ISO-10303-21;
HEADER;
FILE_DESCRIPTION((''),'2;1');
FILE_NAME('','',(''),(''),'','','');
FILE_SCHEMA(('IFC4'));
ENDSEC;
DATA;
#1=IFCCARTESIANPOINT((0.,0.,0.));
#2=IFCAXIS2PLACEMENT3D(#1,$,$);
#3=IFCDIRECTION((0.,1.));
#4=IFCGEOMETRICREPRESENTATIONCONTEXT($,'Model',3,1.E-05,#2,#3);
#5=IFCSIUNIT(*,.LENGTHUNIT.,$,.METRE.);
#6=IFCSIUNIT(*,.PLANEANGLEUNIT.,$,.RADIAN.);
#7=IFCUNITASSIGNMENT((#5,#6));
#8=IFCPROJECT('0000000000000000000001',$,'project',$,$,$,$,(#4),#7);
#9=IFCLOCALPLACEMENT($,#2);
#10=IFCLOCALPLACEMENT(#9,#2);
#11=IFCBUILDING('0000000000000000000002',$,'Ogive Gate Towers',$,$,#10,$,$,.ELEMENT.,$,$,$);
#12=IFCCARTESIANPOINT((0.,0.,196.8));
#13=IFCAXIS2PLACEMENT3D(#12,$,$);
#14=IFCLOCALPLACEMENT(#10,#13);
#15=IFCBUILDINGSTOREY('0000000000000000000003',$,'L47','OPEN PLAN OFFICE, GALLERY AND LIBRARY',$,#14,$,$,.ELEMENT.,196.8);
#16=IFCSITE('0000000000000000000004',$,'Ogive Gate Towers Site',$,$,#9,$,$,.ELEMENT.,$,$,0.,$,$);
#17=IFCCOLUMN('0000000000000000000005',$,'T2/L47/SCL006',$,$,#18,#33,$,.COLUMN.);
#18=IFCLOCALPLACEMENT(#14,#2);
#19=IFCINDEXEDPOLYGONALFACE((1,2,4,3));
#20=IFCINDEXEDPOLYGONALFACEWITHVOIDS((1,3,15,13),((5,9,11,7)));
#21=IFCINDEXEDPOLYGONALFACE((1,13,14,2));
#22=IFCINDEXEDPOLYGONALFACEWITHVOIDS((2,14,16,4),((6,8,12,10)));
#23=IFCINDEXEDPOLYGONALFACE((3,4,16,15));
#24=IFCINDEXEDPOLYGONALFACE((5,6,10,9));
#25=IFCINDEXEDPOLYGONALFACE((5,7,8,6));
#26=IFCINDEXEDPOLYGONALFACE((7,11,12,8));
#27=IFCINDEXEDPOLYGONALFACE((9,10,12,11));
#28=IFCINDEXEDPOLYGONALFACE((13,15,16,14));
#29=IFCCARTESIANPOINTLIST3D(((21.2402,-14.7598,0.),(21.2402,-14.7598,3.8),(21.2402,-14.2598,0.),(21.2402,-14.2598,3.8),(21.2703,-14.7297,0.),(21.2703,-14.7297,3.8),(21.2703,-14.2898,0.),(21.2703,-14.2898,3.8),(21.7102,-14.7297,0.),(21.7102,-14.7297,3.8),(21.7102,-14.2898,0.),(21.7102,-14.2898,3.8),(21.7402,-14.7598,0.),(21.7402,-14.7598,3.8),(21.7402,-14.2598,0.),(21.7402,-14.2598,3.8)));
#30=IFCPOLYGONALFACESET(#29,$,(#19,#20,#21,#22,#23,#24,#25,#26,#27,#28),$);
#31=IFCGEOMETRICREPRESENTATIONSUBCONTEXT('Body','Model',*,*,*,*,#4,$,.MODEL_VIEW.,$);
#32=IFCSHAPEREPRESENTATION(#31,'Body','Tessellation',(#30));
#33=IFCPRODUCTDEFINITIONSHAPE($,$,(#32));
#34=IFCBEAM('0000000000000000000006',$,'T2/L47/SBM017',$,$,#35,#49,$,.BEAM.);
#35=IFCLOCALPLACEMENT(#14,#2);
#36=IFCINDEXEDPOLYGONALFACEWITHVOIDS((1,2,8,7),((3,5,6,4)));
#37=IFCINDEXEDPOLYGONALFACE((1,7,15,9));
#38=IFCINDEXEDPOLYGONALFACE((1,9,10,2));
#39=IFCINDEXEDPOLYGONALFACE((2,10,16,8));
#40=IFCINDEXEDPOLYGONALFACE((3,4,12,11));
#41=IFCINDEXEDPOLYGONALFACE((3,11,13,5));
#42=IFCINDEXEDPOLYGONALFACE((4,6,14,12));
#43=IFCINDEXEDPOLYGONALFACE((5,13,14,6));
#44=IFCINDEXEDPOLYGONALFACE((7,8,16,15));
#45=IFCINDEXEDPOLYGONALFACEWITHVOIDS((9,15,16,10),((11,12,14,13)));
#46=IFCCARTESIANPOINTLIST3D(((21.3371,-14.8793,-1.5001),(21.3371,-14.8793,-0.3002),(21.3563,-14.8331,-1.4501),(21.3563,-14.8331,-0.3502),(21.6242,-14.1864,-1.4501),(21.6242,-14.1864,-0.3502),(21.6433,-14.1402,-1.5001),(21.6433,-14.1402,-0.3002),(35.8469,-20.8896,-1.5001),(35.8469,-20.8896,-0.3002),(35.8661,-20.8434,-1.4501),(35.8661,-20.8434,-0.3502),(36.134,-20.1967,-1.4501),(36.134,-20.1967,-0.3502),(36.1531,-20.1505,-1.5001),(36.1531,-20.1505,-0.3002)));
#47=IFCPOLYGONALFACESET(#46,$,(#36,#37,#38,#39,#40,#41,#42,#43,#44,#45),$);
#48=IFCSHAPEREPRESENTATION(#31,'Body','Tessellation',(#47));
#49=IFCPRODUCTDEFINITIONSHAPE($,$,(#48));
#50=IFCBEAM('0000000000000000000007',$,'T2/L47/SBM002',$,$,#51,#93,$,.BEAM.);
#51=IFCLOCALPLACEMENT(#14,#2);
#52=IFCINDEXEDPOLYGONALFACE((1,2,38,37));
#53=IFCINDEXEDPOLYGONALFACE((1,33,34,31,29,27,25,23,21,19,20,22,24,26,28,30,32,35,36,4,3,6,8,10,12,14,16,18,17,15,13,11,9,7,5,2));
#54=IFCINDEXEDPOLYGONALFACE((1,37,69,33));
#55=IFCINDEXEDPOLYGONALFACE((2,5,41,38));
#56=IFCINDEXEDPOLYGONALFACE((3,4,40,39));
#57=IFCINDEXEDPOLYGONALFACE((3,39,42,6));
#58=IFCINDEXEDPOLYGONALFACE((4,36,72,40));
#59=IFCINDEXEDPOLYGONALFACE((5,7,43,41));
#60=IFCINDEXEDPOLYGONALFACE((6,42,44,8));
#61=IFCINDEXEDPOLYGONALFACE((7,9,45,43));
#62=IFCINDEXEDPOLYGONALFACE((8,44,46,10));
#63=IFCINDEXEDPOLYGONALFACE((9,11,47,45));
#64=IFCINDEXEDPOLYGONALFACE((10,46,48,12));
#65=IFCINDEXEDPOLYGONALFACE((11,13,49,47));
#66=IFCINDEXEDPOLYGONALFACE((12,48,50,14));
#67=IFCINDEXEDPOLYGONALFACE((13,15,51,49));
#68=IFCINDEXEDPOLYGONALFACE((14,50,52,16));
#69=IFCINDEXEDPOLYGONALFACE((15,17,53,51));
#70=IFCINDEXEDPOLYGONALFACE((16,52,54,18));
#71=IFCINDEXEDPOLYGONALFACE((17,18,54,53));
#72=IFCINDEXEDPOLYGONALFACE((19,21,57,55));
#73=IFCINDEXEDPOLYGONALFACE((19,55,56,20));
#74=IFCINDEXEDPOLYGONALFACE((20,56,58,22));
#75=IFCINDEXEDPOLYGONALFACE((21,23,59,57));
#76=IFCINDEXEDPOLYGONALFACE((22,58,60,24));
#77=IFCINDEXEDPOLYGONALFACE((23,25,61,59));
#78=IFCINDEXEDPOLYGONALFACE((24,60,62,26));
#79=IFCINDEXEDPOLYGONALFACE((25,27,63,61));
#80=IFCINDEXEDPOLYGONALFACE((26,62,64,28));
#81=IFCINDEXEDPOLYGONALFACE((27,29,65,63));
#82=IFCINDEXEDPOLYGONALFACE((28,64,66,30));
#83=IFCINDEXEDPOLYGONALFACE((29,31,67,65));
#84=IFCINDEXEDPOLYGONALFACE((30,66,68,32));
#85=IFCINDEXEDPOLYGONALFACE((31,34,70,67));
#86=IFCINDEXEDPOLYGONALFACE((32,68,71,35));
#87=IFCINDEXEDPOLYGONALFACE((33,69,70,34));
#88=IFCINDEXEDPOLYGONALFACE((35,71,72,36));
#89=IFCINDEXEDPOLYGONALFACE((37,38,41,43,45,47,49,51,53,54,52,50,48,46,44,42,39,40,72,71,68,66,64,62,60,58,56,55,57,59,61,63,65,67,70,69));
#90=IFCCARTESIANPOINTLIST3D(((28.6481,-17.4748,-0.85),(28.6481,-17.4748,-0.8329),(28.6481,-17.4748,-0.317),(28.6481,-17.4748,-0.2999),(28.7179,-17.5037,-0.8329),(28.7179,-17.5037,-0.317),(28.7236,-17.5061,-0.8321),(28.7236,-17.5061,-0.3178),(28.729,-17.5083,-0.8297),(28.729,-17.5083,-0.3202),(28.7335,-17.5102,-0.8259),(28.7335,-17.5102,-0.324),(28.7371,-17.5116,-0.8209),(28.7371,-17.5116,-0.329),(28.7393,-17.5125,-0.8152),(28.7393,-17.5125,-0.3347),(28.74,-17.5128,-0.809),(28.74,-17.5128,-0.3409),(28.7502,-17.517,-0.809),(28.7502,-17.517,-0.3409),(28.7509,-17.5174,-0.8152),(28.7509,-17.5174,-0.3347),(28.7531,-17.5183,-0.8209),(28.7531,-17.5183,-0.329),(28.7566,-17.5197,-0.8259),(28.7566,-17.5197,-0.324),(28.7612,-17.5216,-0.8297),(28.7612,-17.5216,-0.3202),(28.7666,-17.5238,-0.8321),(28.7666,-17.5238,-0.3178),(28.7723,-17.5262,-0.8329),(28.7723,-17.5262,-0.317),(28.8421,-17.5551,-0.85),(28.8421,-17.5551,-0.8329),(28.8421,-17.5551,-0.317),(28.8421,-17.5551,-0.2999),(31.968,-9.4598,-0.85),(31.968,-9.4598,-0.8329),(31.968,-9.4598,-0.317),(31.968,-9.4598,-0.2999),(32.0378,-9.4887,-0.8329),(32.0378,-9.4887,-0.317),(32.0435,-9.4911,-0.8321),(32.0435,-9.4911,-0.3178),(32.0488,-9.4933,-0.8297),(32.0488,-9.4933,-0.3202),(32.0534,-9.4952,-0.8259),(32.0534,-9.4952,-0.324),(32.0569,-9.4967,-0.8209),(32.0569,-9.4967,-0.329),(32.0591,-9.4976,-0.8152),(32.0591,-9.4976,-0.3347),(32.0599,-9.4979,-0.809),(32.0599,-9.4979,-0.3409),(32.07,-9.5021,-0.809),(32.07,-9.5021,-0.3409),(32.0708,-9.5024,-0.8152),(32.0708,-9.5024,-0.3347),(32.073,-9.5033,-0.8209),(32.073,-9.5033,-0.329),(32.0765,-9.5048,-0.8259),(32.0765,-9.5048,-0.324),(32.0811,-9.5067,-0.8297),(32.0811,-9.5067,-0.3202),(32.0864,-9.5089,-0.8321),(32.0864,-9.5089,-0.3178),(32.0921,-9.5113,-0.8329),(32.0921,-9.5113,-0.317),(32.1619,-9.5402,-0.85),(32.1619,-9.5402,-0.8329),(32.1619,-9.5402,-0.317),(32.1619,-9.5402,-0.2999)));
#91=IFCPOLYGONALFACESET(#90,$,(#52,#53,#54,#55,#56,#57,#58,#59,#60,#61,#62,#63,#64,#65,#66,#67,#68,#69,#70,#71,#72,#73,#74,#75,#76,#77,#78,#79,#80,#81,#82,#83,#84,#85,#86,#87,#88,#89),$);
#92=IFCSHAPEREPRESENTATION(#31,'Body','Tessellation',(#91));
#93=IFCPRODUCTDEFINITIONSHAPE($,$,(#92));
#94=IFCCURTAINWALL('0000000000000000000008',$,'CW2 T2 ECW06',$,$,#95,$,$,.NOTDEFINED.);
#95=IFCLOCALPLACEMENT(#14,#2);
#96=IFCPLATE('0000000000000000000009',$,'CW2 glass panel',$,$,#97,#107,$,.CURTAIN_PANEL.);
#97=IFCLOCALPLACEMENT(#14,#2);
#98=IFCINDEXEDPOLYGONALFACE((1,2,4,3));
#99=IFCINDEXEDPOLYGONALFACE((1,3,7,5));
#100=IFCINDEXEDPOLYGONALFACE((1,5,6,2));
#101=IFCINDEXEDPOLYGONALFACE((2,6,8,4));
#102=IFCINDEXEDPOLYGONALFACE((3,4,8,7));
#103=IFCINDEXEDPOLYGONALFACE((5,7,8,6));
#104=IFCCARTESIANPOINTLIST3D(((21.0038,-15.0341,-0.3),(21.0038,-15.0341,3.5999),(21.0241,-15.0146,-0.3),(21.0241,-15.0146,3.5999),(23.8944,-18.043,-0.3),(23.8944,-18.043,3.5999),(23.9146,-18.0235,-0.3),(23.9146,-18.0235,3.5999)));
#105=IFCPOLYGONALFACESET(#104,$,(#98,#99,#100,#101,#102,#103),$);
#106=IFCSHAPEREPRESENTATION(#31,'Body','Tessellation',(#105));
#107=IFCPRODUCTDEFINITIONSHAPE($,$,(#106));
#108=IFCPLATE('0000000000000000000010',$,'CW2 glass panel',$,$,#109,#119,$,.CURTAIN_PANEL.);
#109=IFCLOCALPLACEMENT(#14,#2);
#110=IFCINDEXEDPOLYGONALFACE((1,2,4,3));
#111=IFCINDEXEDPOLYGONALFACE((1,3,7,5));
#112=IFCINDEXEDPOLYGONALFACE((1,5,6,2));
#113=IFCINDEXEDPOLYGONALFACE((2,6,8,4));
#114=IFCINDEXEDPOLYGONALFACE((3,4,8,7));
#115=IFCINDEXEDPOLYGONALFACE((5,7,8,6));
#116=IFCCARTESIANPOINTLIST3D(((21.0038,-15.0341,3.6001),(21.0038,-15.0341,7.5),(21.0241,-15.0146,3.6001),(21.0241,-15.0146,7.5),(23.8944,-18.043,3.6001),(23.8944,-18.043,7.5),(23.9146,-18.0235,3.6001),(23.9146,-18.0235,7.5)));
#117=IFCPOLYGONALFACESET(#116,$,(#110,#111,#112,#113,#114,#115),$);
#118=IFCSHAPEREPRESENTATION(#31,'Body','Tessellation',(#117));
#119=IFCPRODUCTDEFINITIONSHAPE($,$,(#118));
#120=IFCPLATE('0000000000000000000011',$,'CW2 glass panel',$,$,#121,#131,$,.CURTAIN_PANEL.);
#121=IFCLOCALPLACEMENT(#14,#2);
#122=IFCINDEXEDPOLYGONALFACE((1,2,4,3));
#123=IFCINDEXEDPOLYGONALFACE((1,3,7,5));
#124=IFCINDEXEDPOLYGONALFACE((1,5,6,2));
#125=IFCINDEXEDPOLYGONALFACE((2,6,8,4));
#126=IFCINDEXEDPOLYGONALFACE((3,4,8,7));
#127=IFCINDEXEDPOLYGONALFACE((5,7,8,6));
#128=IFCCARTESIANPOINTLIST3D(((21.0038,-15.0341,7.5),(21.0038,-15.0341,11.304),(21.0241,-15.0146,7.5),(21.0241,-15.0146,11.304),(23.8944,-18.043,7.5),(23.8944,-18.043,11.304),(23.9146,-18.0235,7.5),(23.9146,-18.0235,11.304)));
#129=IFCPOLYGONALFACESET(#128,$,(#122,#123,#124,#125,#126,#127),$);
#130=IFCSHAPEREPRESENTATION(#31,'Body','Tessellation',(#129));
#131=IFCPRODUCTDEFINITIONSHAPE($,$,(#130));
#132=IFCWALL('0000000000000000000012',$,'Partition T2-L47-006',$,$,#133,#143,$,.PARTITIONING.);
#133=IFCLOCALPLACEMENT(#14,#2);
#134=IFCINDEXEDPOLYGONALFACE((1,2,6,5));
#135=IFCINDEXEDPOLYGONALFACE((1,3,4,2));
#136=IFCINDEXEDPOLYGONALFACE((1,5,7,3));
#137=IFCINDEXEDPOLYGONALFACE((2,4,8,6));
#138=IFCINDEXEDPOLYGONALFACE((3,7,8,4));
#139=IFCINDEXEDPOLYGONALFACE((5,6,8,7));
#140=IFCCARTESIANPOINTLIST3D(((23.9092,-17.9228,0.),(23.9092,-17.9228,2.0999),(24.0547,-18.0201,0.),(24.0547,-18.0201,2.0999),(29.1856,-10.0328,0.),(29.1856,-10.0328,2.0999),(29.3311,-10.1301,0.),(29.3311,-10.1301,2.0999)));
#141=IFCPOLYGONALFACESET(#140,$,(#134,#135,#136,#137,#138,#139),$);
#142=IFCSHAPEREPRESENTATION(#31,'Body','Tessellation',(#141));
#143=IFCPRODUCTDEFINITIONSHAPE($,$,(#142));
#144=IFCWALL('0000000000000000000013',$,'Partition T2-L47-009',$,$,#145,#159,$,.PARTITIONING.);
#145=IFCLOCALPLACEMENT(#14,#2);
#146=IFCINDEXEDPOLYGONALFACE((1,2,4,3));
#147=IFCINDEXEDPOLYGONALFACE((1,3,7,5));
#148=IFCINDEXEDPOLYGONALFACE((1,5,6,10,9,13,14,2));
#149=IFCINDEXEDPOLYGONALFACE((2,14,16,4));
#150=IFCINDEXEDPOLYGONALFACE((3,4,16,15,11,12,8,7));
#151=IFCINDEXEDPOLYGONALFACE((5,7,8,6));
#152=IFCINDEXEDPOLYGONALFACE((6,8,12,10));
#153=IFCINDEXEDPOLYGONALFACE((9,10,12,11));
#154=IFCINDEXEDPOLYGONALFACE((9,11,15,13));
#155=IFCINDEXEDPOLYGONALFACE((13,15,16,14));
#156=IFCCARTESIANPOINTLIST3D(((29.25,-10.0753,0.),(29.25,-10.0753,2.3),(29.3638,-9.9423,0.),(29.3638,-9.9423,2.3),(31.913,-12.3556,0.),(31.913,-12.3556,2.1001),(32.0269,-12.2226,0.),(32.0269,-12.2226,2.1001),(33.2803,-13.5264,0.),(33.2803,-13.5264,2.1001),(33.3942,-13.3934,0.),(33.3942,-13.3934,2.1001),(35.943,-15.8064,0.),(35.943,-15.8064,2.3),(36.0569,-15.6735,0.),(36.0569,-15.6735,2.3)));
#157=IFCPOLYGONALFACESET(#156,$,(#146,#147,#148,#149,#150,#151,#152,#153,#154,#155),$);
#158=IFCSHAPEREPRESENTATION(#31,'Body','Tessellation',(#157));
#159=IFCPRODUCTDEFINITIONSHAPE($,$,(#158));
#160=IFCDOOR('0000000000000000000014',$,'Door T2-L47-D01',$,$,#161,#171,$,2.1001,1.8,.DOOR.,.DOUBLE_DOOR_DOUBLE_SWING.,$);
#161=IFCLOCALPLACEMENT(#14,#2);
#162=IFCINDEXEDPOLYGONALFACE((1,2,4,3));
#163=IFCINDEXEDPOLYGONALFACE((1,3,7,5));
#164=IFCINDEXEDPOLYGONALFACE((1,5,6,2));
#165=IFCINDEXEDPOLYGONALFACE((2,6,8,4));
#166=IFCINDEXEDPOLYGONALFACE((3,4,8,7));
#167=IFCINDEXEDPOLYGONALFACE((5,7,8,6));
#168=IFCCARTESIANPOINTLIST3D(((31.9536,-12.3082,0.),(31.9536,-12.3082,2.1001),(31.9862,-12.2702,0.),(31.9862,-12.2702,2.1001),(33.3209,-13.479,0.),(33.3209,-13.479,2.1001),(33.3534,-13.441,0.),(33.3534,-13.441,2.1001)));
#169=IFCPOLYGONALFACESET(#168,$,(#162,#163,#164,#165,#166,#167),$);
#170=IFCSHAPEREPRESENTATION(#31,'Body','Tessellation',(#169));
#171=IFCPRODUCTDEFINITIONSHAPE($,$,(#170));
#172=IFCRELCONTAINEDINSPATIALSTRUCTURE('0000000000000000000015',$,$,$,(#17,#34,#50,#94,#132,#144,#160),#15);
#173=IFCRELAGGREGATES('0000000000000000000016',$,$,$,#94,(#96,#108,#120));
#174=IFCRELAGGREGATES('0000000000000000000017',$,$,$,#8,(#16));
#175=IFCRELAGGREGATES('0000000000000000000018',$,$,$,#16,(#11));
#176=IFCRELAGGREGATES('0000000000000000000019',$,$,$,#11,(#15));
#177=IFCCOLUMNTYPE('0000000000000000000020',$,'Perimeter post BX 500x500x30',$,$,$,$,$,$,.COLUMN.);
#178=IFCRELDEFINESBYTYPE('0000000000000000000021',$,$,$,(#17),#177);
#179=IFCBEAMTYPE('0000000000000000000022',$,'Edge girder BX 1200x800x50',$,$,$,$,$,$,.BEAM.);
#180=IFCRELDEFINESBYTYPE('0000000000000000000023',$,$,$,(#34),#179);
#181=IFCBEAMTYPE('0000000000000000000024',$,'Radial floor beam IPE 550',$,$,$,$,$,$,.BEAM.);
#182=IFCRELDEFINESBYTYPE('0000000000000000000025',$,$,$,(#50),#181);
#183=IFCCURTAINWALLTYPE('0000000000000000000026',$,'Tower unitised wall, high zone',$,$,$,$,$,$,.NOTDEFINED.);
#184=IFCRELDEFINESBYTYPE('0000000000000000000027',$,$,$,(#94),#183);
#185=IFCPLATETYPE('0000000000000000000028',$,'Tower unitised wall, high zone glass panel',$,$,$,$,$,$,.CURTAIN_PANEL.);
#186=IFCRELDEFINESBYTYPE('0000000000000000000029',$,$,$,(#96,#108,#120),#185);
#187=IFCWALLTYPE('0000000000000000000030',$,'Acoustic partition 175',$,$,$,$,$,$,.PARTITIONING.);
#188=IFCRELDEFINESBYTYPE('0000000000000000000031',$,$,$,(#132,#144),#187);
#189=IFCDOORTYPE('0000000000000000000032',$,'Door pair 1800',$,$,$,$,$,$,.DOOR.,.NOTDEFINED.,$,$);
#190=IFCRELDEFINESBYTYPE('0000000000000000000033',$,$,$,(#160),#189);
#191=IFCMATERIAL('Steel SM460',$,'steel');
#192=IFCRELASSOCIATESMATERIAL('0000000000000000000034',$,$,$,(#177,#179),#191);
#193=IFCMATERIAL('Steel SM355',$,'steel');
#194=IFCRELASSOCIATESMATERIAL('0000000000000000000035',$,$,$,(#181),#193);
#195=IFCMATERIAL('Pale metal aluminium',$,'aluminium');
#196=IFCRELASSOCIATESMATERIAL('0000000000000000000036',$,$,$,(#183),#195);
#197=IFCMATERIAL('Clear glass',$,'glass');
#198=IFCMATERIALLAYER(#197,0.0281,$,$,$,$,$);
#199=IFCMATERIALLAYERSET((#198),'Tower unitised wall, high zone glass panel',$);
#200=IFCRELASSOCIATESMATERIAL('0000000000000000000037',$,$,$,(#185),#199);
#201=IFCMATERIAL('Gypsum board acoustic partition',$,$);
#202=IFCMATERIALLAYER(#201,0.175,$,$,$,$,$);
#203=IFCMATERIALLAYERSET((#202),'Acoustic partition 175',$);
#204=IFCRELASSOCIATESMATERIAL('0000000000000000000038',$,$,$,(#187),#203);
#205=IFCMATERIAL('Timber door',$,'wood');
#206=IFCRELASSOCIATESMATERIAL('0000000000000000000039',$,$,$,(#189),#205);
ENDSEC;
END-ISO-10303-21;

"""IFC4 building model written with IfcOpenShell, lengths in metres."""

from ifc_helpers import new_model, si_unit, direction, frame, frame_2d, origin, origin_2d, place, context, subcontext, project, spatial, rectangle, hollow_rectangle, i_section, extrude, material, layer, layer_set, material_profile, profile_set, type_object, element, fill, aggregate, save


model = new_model("IFC4")

# Units and contexts
model_context = context("Model", 3, precision=1e-05, world=origin(), true_north=direction((0.0, 1.0)))
body_context = subcontext(model_context, "Body", "Model", "MODEL_VIEW")
ifc_project = project(units=[si_unit("LENGTHUNIT", "METRE"), si_unit("PLANEANGLEUNIT", "RADIAN")], contexts=[model_context])

# Site, building, storey
site_placement = place(None, origin())
site = spatial("IfcSite", under=ifc_project, at=site_placement, Name="Ogive Gate Towers Site", CompositionType="ELEMENT", RefElevation=0.0)
building_placement = place(site_placement, origin())
building = spatial("IfcBuilding", under=site, at=building_placement, Name="Ogive Gate Towers", CompositionType="ELEMENT")
storey_placement = place(building_placement, frame((0.0, 0.0, 196.8)))
storey = spatial("IfcBuildingStorey", under=building, at=storey_placement, Name="L47", Description="OPEN PLAN OFFICE, GALLERY AND LIBRARY", CompositionType="ELEMENT", Elevation=196.8)

# Column
ifc_material_1 = material(Name="Steel SM460", Category="steel")
ifc_material_profile_1 = material_profile(ifc_material_1, hollow_rectangle(XDim=0.5, YDim=0.5, WallThickness=0.03, at=origin_2d()), Name="BX 500x500x30")
ifc_profile_set_1 = profile_set([ifc_material_profile_1], Name="Steel SM460")
column_type = type_object("IfcColumnType", Name="Perimeter post BX 500x500x30", PredefinedType="COLUMN", material=ifc_profile_set_1)
column_placement = place(storey_placement, frame((21.4902, -14.5098, 0.0), z_axis=(0.0, 0.0, 1.0), x_axis=(1.0, 0.0, 0.0)))
element("IfcColumn", 1, at=column_placement, inside=storey, type_object=column_type, Name="T2/L47/SCL006", PredefinedType="COLUMN", context=body_context, shape_type="SweptSolid", body=[
    extrude(hollow_rectangle(XDim=0.5, YDim=0.5, WallThickness=0.03, at=origin_2d()), origin(), (0.0, 0.0, 1.0), 3.8),
])

# Beams
ifc_material_profile_2 = material_profile(ifc_material_1, hollow_rectangle(XDim=0.8, YDim=1.2, WallThickness=0.05, at=origin_2d()), Name="BX 1200x800x50")
ifc_profile_set_2 = profile_set([ifc_material_profile_2], Name="Steel SM460")
beam_type_1 = type_object("IfcBeamType", Name="Edge girder BX 1200x800x50", PredefinedType="BEAM", material=ifc_profile_set_2)
beam_1_placement = place(storey_placement, frame((21.4902, -14.5098, -0.9001), z_axis=(0.923877, -0.38269, 0.0), x_axis=(0.38269, 0.923877, 0.0)))
element("IfcBeam", 2, at=beam_1_placement, inside=storey, type_object=beam_type_1, Name="T2/L47/SBM017", PredefinedType="BEAM", context=body_context, shape_type="SweptSolid", body=[
    extrude(hollow_rectangle(XDim=0.8, YDim=1.2, WallThickness=0.05, at=origin_2d()), origin(), (0.0, 0.0, 1.0), 15.7053),
])
ifc_material_2 = material(Name="Steel SM355", Category="steel")
ifc_material_profile_3 = material_profile(ifc_material_2, i_section(OverallWidth=0.21, OverallDepth=0.55, WebThickness=0.011, FlangeThickness=0.0171, FilletRadius=0.0239, at=origin_2d()), Name="IPE 550")
ifc_profile_set_3 = profile_set([ifc_material_profile_3], Name="Steel SM355")
beam_type_2 = type_object("IfcBeamType", Name="Radial floor beam IPE 550", PredefinedType="BEAM", material=ifc_profile_set_3)
beam_2_placement = place(storey_placement, frame((32.0649, -9.5, -0.575), z_axis=(-0.382678, -0.923882, 0.0), x_axis=(0.923882, -0.382678, 0.0)))
element("IfcBeam", 3, at=beam_2_placement, inside=storey, type_object=beam_type_2, Name="T2/L47/SBM002", PredefinedType="BEAM", context=body_context, shape_type="SweptSolid", body=[
    extrude(i_section(OverallWidth=0.21, OverallDepth=0.55, WebThickness=0.011, FlangeThickness=0.0171, FilletRadius=0.0239, at=origin_2d()), origin(), (0.0, 0.0, 1.0), 8.6753),
])

# Curtain wall, plates
ifc_material_3 = material(Name="Pale metal aluminium", Category="aluminium")
curtain_wall_type = type_object("IfcCurtainWallType", Name="Tower unitised wall, high zone", PredefinedType="NOTDEFINED", material=ifc_material_3)
curtain_wall_placement = place(storey_placement, origin())
curtain_wall = element("IfcCurtainWall", 4, at=curtain_wall_placement, inside=storey, type_object=curtain_wall_type, Name="CW2 T2 ECW06", PredefinedType="NOTDEFINED")
ifc_material_4 = material(Name="Clear glass", Category="glass")
ifc_layer_1 = layer(ifc_material_4, 0.0281)
ifc_layer_set_1 = layer_set([ifc_layer_1], Name="Tower unitised wall, high zone glass panel")
plate_type = type_object("IfcPlateType", Name="Tower unitised wall, high zone glass panel", PredefinedType="CURTAIN_PANEL", material=ifc_layer_set_1)
plate_1_placement = place(storey_placement, frame((22.4592, -16.5288, -0.3), z_axis=(0.0, 0.0, 1.0), x_axis=(0.692785, -0.721144, 0.0)))
plate_1 = element("IfcPlate", 5, at=plate_1_placement, type_object=plate_type, Name="CW2 glass panel", PredefinedType="CURTAIN_PANEL", context=body_context, shape_type="SweptSolid", body=[
    extrude(rectangle(XDim=4.1724, YDim=0.0281, at=origin_2d()), origin(), (0.0, 0.0, 1.0), 3.8999),
])
plate_2_placement = place(storey_placement, frame((22.4592, -16.5288, 3.6001), z_axis=(0.0, 0.0, 1.0), x_axis=(0.692785, -0.721144, 0.0)))
plate_2 = element("IfcPlate", 6, at=plate_2_placement, type_object=plate_type, Name="CW2 glass panel", PredefinedType="CURTAIN_PANEL", context=body_context, shape_type="SweptSolid", body=[
    extrude(rectangle(XDim=4.1724, YDim=0.0281, at=origin_2d()), origin(), (0.0, 0.0, 1.0), 3.8999),
])
plate_3_placement = place(storey_placement, frame((22.4592, -16.5288, 7.5), z_axis=(0.0, 0.0, 1.0), x_axis=(0.692785, -0.721144, 0.0)))
plate_3 = element("IfcPlate", 7, at=plate_3_placement, type_object=plate_type, Name="CW2 glass panel", PredefinedType="CURTAIN_PANEL", context=body_context, shape_type="SweptSolid", body=[
    extrude(rectangle(XDim=4.1724, YDim=0.0281, at=origin_2d()), origin(), (0.0, 0.0, 1.0), 3.804),
])
aggregate(curtain_wall, [plate_1, plate_2, plate_3])

# Wall
ifc_material_5 = material(Name="Gypsum board acoustic partition")
ifc_layer_2 = layer(ifc_material_5, 0.175)
ifc_layer_set_2 = layer_set([ifc_layer_2], Name="Acoustic partition 175")
wall_type_1 = type_object("IfcWallType", Name="Acoustic partition 175", PredefinedType="PARTITIONING", material=ifc_layer_set_2)
wall_1_placement = place(storey_placement, frame((23.9819, -17.9714, 0.0), z_axis=(0.0, 0.0, 1.0), x_axis=(0.555899, 0.83125, 0.0)))
element("IfcWall", 8, at=wall_1_placement, inside=storey, type_object=wall_type_1, Name="Partition T2-L47-006", PredefinedType="PARTITIONING", context=body_context, shape_type="SweptSolid", body=[
    extrude(rectangle(XDim=9.4917, YDim=0.175, at=frame_2d((4.7458, 0.0))), origin(), (0.0, 0.0, 1.0), 2.0999),
])

# Wall, opening, door
wall_2_placement = place(storey_placement, frame((29.3069, -10.0088, 0.0), z_axis=(0.0, 0.0, 1.0), x_axis=(0.759579, -0.650415, 0.0)))
wall_2 = element("IfcWall", 9, at=wall_2_placement, inside=storey, type_object=wall_type_1, Name="Partition T2-L47-009", PredefinedType="PARTITIONING", context=body_context, shape_type="SweptSolid", body=[
    extrude(rectangle(XDim=8.8115, YDim=0.175, at=frame_2d((4.4058, 0.0))), origin(), (0.0, 0.0, 1.0), 2.3),
])
opening_placement = place(wall_2_placement, frame((3.5061, 0.0, 0.0)))
opening = element("IfcOpeningElement", 10, at=opening_placement, cuts=wall_2, PredefinedType="OPENING", context=body_context, shape_type="SweptSolid", body=[
    extrude(rectangle(XDim=1.8, YDim=2.1001, at=frame_2d((0.8999, 1.05))), frame((0.0, 0.0977, 0.0), z_axis=(0.0, -1.0, 0.0), x_axis=(1.0, 0.0, 0.0)), (0.0, 0.0, 1.0), 0.1951),
])
ifc_material_6 = material(Name="Timber door", Category="wood")
door_type = type_object("IfcDoorType", Name="Door pair 1800", OperationType="NOTDEFINED", PredefinedType="DOOR", material=ifc_material_6)
door_placement = place(opening_placement, origin())
door = element("IfcDoor", 11, at=door_placement, inside=storey, type_object=door_type, Name="Door T2-L47-D01", OperationType="DOUBLE_DOOR_DOUBLE_SWING", OverallHeight=2.1001, OverallWidth=1.8, PredefinedType="DOOR", context=body_context, shape_type="SweptSolid", body=[
    extrude(rectangle(XDim=1.8, YDim=2.1001, at=frame_2d((0.8999, 1.05))), frame((0.0, 0.0249, 0.0), z_axis=(0.0, -1.0, 0.0), x_axis=(1.0, 0.0, 0.0)), (0.0, 0.0, 1.0), 0.05),
])
fill(opening, door)

save(model, "model.ifc")
